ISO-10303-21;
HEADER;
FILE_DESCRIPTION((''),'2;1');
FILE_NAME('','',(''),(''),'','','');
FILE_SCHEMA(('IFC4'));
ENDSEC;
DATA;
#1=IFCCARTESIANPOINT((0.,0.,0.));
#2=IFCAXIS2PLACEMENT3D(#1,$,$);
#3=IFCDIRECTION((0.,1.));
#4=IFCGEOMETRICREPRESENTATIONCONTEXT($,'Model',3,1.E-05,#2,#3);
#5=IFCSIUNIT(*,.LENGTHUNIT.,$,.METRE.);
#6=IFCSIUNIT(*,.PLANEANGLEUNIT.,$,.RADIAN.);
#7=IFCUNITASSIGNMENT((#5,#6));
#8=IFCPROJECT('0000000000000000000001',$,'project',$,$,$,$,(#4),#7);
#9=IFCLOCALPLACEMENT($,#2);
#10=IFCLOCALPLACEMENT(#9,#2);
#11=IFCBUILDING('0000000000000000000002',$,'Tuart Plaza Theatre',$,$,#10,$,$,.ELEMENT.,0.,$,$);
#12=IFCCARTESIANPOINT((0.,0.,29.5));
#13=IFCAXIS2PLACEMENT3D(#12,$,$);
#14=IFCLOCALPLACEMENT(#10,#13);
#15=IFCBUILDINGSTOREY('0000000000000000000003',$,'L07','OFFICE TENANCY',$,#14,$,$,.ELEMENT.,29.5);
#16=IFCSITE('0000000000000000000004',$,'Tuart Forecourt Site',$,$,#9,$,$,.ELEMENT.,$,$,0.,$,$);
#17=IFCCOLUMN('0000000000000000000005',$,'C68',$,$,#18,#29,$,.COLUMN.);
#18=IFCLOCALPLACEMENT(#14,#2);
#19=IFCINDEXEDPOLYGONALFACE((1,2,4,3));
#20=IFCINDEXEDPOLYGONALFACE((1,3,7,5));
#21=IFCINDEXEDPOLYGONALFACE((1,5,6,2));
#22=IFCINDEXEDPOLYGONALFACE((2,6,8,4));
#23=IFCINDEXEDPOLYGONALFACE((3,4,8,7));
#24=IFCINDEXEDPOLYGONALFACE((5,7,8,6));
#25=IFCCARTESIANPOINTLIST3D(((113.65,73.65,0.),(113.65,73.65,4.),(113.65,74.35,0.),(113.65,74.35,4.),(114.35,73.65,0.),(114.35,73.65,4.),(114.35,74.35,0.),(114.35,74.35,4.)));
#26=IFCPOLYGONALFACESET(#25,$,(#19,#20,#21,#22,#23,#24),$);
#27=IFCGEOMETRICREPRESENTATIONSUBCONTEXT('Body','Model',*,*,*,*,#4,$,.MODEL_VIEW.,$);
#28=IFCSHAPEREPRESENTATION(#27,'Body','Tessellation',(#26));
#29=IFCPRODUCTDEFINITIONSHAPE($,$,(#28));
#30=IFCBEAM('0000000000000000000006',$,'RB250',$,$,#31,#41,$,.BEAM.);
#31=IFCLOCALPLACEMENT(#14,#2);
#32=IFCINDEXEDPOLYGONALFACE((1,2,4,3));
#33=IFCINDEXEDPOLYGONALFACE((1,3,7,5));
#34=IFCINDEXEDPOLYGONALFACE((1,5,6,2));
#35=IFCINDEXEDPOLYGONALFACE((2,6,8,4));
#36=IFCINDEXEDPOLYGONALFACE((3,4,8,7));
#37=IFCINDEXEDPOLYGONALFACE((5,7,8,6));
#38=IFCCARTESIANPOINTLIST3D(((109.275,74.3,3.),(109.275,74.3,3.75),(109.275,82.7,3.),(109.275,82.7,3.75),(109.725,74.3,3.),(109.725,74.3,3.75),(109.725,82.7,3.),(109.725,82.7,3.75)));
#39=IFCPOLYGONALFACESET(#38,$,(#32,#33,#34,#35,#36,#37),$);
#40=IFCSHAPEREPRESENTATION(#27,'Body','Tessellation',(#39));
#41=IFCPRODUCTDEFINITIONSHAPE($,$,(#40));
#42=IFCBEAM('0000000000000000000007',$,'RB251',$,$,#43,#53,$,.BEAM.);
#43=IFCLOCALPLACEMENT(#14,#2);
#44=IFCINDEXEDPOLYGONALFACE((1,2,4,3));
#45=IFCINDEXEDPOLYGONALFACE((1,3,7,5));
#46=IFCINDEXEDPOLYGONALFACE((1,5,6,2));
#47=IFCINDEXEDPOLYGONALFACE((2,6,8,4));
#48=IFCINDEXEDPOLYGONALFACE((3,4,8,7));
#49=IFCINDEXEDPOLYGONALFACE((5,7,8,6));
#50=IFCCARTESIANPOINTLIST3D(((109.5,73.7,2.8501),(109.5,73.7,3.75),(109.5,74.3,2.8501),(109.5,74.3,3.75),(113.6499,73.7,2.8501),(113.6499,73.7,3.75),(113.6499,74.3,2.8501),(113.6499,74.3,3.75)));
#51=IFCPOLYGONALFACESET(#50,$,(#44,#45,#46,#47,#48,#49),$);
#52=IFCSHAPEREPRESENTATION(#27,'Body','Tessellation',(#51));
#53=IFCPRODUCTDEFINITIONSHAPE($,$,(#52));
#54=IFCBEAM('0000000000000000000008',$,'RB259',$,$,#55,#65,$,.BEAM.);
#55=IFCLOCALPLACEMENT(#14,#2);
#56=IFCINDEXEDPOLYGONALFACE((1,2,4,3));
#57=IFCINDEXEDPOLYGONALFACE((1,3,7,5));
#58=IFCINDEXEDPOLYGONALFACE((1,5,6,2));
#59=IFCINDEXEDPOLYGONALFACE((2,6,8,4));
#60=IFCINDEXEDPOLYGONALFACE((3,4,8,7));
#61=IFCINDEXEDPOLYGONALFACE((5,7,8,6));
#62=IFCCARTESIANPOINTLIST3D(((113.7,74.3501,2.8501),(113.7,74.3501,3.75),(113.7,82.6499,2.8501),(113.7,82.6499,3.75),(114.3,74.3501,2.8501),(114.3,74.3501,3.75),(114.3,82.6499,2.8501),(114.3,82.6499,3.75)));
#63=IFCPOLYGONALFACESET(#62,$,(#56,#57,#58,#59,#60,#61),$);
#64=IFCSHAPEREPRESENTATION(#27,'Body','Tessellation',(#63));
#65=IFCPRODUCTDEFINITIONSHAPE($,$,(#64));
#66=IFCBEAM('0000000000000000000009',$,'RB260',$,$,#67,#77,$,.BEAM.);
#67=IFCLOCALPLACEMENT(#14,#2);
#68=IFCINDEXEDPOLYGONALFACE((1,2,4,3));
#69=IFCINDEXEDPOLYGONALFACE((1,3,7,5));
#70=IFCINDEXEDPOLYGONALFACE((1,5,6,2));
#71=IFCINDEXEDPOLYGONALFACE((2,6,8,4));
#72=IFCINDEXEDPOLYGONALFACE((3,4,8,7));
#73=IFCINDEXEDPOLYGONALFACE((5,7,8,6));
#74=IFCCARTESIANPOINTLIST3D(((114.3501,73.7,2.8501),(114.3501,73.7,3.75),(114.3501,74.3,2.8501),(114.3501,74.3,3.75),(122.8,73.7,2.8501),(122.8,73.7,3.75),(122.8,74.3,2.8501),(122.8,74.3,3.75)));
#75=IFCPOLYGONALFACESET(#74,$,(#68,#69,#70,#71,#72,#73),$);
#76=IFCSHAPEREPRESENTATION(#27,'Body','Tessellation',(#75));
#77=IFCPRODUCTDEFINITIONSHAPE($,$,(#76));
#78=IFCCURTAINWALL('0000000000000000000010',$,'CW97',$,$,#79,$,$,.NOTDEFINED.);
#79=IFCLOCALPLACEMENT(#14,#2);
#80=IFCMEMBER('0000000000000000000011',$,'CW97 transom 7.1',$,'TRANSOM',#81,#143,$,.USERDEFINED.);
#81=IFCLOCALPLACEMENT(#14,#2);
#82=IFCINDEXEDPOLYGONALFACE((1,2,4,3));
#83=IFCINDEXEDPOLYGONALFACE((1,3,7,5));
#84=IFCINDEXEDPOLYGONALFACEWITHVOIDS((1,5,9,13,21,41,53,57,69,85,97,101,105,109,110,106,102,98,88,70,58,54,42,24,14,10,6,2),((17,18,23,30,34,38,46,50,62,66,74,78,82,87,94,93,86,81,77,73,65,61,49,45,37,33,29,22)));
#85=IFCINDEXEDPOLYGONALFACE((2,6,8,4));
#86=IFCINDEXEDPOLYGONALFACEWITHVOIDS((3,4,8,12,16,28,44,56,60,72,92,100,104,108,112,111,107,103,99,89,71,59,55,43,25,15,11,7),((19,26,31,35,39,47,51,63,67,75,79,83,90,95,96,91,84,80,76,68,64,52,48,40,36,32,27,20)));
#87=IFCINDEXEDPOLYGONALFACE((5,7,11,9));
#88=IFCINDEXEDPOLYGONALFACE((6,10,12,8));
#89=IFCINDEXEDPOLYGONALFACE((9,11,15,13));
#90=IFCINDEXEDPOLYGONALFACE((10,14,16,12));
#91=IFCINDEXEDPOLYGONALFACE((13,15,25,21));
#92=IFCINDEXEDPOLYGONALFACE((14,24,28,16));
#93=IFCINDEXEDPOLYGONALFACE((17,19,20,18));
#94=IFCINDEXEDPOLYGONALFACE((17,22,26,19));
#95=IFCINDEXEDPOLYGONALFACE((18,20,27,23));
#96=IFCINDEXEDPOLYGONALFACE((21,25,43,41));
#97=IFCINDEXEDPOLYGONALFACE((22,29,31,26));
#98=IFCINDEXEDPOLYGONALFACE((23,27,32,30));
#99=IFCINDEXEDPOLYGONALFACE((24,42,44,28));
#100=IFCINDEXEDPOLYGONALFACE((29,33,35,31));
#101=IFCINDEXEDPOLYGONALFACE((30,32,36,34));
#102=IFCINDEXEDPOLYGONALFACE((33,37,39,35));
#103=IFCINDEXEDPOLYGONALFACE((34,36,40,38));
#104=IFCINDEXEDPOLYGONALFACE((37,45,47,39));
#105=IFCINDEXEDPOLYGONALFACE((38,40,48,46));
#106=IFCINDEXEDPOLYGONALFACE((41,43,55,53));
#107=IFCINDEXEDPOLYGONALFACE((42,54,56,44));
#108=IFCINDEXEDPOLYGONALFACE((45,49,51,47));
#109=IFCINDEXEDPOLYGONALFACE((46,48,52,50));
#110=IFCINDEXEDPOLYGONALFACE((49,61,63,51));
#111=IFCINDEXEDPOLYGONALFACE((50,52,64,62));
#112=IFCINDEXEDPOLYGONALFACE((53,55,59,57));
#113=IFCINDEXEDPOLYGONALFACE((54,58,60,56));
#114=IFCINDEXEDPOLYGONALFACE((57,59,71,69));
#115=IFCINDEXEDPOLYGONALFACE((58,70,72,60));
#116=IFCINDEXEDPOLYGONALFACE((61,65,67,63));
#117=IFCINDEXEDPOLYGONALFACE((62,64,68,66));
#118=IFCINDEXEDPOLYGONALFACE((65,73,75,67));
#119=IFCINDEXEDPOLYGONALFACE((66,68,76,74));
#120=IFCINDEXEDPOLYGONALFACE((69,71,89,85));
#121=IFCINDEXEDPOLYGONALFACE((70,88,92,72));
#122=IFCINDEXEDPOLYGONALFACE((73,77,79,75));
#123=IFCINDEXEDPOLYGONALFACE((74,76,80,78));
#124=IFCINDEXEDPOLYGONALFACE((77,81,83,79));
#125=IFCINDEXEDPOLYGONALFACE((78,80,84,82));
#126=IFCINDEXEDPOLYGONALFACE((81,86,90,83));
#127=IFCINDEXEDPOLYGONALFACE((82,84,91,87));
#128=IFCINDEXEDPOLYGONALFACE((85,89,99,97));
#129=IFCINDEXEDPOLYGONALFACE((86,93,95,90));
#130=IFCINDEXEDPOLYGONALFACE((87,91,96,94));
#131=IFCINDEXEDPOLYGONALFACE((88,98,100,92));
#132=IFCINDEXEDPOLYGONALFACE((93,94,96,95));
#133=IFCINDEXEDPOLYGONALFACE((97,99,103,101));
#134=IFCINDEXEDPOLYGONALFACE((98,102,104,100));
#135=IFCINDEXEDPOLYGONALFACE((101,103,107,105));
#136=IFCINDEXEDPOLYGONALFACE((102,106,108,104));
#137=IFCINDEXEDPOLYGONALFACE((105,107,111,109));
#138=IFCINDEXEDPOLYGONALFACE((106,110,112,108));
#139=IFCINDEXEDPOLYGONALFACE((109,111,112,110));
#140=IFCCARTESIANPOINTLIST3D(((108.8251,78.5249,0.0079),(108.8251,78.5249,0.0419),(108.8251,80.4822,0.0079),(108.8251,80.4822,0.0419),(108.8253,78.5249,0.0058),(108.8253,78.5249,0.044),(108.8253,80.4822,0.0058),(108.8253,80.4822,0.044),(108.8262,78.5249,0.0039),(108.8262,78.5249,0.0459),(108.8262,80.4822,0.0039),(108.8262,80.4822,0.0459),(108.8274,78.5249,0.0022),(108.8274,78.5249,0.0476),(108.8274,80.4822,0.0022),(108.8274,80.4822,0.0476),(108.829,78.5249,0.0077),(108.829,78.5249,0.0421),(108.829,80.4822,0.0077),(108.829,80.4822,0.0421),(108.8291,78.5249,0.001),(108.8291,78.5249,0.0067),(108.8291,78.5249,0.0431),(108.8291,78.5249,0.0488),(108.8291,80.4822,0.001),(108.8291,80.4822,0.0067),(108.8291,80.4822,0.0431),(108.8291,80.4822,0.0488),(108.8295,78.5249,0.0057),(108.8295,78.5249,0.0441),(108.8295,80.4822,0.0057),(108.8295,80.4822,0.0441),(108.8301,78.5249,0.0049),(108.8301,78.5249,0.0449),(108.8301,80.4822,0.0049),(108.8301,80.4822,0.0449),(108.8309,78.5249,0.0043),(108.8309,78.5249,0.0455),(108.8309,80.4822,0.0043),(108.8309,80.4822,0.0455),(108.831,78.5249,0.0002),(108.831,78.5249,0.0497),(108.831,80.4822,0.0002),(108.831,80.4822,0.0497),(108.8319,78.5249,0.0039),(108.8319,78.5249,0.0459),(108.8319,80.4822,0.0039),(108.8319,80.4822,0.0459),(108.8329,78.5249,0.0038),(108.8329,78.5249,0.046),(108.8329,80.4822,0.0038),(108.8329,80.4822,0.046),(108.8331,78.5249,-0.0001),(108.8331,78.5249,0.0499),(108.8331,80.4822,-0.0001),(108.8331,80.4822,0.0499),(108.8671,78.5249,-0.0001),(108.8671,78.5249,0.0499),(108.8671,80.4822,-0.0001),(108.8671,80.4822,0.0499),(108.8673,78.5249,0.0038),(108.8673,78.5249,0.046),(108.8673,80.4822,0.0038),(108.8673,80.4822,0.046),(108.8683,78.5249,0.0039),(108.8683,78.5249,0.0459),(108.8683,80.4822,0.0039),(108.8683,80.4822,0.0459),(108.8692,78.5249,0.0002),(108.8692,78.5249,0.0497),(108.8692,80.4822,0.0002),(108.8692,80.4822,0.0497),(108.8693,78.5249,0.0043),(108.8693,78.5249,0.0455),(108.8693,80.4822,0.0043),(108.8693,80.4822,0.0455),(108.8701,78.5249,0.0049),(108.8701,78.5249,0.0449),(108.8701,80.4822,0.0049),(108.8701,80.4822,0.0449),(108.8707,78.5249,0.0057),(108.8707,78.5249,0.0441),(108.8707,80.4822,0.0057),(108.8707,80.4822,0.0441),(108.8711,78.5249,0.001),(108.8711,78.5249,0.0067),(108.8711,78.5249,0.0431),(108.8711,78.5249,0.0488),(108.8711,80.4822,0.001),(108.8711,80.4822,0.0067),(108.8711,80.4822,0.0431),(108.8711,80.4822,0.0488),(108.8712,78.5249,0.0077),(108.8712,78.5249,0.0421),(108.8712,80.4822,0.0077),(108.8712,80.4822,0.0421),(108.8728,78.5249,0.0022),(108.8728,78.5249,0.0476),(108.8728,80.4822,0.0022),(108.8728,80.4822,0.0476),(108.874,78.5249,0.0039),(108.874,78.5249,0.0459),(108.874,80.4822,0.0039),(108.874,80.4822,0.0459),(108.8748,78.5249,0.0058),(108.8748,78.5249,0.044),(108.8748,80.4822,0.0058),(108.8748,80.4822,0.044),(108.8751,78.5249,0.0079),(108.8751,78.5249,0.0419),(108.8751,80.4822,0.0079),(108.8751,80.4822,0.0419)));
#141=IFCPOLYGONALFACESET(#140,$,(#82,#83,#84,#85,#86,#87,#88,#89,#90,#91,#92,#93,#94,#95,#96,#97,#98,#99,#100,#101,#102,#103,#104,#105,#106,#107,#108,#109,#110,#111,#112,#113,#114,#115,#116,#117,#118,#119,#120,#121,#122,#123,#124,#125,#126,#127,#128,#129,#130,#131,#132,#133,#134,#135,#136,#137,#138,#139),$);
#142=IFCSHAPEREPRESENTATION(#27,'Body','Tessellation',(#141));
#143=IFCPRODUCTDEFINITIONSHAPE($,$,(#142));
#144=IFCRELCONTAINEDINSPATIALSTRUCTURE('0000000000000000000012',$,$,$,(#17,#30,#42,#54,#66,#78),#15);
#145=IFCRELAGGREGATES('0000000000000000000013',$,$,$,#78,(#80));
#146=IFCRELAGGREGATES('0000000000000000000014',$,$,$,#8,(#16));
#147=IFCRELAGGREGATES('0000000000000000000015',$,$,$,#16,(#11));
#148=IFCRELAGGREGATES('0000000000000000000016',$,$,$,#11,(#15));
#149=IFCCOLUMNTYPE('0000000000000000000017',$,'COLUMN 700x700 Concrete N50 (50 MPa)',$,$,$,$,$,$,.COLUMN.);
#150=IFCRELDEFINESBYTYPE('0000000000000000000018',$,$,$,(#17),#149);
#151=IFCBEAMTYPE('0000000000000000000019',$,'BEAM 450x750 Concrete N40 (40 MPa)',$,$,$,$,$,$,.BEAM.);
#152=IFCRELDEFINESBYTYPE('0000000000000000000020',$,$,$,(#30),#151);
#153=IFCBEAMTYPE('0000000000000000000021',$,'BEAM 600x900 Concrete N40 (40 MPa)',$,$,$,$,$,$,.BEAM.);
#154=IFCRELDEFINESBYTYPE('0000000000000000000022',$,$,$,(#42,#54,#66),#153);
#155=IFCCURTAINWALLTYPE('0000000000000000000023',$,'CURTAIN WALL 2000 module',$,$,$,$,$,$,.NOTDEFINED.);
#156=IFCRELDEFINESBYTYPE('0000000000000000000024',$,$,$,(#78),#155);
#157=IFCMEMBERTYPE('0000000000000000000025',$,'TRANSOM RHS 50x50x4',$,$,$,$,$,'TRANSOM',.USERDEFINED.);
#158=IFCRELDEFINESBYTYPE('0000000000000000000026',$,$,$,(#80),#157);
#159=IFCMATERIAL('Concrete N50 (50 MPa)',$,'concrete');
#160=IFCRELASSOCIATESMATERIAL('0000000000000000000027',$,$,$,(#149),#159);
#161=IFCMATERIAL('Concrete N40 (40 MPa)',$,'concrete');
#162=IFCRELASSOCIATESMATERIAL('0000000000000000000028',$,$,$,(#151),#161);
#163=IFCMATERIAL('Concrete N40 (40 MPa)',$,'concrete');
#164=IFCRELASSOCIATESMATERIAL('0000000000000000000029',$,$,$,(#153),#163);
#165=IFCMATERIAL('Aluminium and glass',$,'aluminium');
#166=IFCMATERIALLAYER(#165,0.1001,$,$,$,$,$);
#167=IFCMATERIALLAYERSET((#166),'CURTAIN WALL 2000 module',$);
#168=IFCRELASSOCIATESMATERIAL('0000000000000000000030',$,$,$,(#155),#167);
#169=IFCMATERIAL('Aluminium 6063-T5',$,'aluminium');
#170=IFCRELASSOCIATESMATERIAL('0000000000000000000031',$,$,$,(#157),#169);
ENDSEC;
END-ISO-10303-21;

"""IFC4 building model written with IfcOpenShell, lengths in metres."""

from ifc_helpers import new_model, si_unit, direction, frame, origin, origin_2d, place, context, subcontext, project, spatial, rectangle, hollow_rectangle, extrude, material, layer, layer_set, material_profile, profile_set, type_object, element, aggregate, save


model = new_model("IFC4")

# Units and contexts
model_context = context("Model", 3, precision=1e-05, world=origin(), true_north=direction((0.0, 1.0)))
body_context = subcontext(model_context, "Body", "Model", "MODEL_VIEW")
ifc_project = project(units=[si_unit("LENGTHUNIT", "METRE"), si_unit("PLANEANGLEUNIT", "RADIAN")], contexts=[model_context])

# Site, building, storey
site_placement = place(None, origin())
site = spatial("IfcSite", under=ifc_project, at=site_placement, Name="Tuart Forecourt Site", CompositionType="ELEMENT", RefElevation=0.0)
building_placement = place(site_placement, origin())
building = spatial("IfcBuilding", under=site, at=building_placement, Name="Tuart Plaza Theatre", CompositionType="ELEMENT", ElevationOfRefHeight=0.0)
storey_placement = place(building_placement, frame((0.0, 0.0, 29.5)))
storey = spatial("IfcBuildingStorey", under=building, at=storey_placement, Name="L07", Description="OFFICE TENANCY", CompositionType="ELEMENT", Elevation=29.5)

# Column
ifc_material_1 = material(Name="Concrete N50 (50 MPa)", Category="concrete")
ifc_material_profile_1 = material_profile(ifc_material_1, rectangle(XDim=0.7, YDim=0.7, at=origin_2d()), Name="COLUMN 700x700 Concrete N50 (50 MPa)")
ifc_profile_set_1 = profile_set([ifc_material_profile_1], Name="Concrete N50 (50 MPa)")
column_type = type_object("IfcColumnType", Name="COLUMN 700x700 Concrete N50 (50 MPa)", PredefinedType="COLUMN", material=ifc_profile_set_1)
column_placement = place(storey_placement, frame((114.0, 74.0, 0.0), z_axis=(0.0, 0.0, 1.0), x_axis=(1.0, 0.0, 0.0)))
element("IfcColumn", 1, at=column_placement, inside=storey, type_object=column_type, Name="C68", PredefinedType="COLUMN", context=body_context, shape_type="SweptSolid", body=[
    extrude(rectangle(XDim=0.7, YDim=0.7, at=origin_2d()), origin(), (0.0, 0.0, 1.0), 4.0),
])

# Beams
ifc_material_2 = material(Name="Concrete N40 (40 MPa)", Category="concrete")
ifc_material_profile_2 = material_profile(ifc_material_2, rectangle(XDim=0.45, YDim=0.75, at=origin_2d()), Name="BEAM 450x750 Concrete N40 (40 MPa)")
ifc_profile_set_2 = profile_set([ifc_material_profile_2], Name="Concrete N40 (40 MPa)")
beam_type_1 = type_object("IfcBeamType", Name="BEAM 450x750 Concrete N40 (40 MPa)", PredefinedType="BEAM", material=ifc_profile_set_2)
beam_1_placement = place(storey_placement, frame((109.5, 74.3, 3.375), z_axis=(0.0, 1.0, 0.0), x_axis=(-1.0, 0.0, 0.0)))
element("IfcBeam", 2, at=beam_1_placement, inside=storey, type_object=beam_type_1, Name="RB250", PredefinedType="BEAM", context=body_context, shape_type="SweptSolid", body=[
    extrude(rectangle(XDim=0.45, YDim=0.75, at=origin_2d()), origin(), (0.0, 0.0, 1.0), 8.3999),
])
ifc_material_3 = material(Name="Concrete N40 (40 MPa)", Category="concrete")
ifc_material_profile_3 = material_profile(ifc_material_3, rectangle(XDim=0.6001, YDim=0.8999, at=origin_2d()), Name="BEAM 600x900 Concrete N40 (40 MPa)")
ifc_profile_set_3 = profile_set([ifc_material_profile_3], Name="Concrete N40 (40 MPa)")
beam_type_2 = type_object("IfcBeamType", Name="BEAM 600x900 Concrete N40 (40 MPa)", PredefinedType="BEAM", material=ifc_profile_set_3)
beam_2_placement = place(storey_placement, frame((109.5, 74.0, 3.3), z_axis=(1.0, 0.0, 0.0), x_axis=(0.0, 1.0, 0.0)))
element("IfcBeam", 3, at=beam_2_placement, inside=storey, type_object=beam_type_2, Name="RB251", PredefinedType="BEAM", context=body_context, shape_type="SweptSolid", body=[
    extrude(rectangle(XDim=0.6001, YDim=0.8999, at=origin_2d()), origin(), (0.0, 0.0, 1.0), 4.1499),
])
beam_3_placement = place(storey_placement, frame((114.0, 74.3501, 3.3), z_axis=(0.0, 1.0, 0.0), x_axis=(-1.0, 0.0, 0.0)))
element("IfcBeam", 4, at=beam_3_placement, inside=storey, type_object=beam_type_2, Name="RB259", PredefinedType="BEAM", context=body_context, shape_type="SweptSolid", body=[
    extrude(rectangle(XDim=0.6001, YDim=0.8999, at=origin_2d()), origin(), (0.0, 0.0, 1.0), 8.2998),
])
beam_4_placement = place(storey_placement, frame((114.3501, 74.0, 3.3), z_axis=(1.0, 0.0, 0.0), x_axis=(0.0, 1.0, 0.0)))
element("IfcBeam", 5, at=beam_4_placement, inside=storey, type_object=beam_type_2, Name="RB260", PredefinedType="BEAM", context=body_context, shape_type="SweptSolid", body=[
    extrude(rectangle(XDim=0.6001, YDim=0.8999, at=origin_2d()), origin(), (0.0, 0.0, 1.0), 8.45),
])

# Curtain wall, member
ifc_material_4 = material(Name="Aluminium and glass", Category="aluminium")
ifc_layer_1 = layer(ifc_material_4, 0.1001)
ifc_layer_set_1 = layer_set([ifc_layer_1], Name="CURTAIN WALL 2000 module")
curtain_wall_type = type_object("IfcCurtainWallType", Name="CURTAIN WALL 2000 module", PredefinedType="NOTDEFINED", material=ifc_layer_set_1)
curtain_wall_placement = place(storey_placement, origin())
curtain_wall = element("IfcCurtainWall", 6, at=curtain_wall_placement, inside=storey, type_object=curtain_wall_type, Name="CW97", PredefinedType="NOTDEFINED")
ifc_material_5 = material(Name="Aluminium 6063-T5", Category="aluminium")
ifc_material_profile_4 = material_profile(ifc_material_5, hollow_rectangle(XDim=0.05, YDim=0.05, WallThickness=0.0039, InnerFilletRadius=0.0039, OuterFilletRadius=0.0081, at=origin_2d()), Name="RHS 50x50x4")
ifc_profile_set_4 = profile_set([ifc_material_profile_4], Name="Aluminium 6063-T5")
member_type = type_object("IfcMemberType", Name="TRANSOM RHS 50x50x4", ElementType="TRANSOM", PredefinedType="USERDEFINED", material=ifc_profile_set_4)
member_1_placement = place(storey_placement, frame((108.8501, 80.4822, 0.0249), z_axis=(0.0, -1.0, 0.0), x_axis=(1.0, 0.0, 0.0)))
member_1 = element("IfcMember", 7, at=member_1_placement, type_object=member_type, Name="CW97 transom 7.1", ObjectType="TRANSOM", PredefinedType="USERDEFINED", context=body_context, shape_type="SweptSolid", body=[
    extrude(hollow_rectangle(XDim=0.05, YDim=0.05, WallThickness=0.0039, InnerFilletRadius=0.0039, OuterFilletRadius=0.0081, at=origin_2d()), origin(), (0.0, 0.0, 1.0), 1.9573),
])
aggregate(curtain_wall, [member_1])

save(model, "model.ifc")
